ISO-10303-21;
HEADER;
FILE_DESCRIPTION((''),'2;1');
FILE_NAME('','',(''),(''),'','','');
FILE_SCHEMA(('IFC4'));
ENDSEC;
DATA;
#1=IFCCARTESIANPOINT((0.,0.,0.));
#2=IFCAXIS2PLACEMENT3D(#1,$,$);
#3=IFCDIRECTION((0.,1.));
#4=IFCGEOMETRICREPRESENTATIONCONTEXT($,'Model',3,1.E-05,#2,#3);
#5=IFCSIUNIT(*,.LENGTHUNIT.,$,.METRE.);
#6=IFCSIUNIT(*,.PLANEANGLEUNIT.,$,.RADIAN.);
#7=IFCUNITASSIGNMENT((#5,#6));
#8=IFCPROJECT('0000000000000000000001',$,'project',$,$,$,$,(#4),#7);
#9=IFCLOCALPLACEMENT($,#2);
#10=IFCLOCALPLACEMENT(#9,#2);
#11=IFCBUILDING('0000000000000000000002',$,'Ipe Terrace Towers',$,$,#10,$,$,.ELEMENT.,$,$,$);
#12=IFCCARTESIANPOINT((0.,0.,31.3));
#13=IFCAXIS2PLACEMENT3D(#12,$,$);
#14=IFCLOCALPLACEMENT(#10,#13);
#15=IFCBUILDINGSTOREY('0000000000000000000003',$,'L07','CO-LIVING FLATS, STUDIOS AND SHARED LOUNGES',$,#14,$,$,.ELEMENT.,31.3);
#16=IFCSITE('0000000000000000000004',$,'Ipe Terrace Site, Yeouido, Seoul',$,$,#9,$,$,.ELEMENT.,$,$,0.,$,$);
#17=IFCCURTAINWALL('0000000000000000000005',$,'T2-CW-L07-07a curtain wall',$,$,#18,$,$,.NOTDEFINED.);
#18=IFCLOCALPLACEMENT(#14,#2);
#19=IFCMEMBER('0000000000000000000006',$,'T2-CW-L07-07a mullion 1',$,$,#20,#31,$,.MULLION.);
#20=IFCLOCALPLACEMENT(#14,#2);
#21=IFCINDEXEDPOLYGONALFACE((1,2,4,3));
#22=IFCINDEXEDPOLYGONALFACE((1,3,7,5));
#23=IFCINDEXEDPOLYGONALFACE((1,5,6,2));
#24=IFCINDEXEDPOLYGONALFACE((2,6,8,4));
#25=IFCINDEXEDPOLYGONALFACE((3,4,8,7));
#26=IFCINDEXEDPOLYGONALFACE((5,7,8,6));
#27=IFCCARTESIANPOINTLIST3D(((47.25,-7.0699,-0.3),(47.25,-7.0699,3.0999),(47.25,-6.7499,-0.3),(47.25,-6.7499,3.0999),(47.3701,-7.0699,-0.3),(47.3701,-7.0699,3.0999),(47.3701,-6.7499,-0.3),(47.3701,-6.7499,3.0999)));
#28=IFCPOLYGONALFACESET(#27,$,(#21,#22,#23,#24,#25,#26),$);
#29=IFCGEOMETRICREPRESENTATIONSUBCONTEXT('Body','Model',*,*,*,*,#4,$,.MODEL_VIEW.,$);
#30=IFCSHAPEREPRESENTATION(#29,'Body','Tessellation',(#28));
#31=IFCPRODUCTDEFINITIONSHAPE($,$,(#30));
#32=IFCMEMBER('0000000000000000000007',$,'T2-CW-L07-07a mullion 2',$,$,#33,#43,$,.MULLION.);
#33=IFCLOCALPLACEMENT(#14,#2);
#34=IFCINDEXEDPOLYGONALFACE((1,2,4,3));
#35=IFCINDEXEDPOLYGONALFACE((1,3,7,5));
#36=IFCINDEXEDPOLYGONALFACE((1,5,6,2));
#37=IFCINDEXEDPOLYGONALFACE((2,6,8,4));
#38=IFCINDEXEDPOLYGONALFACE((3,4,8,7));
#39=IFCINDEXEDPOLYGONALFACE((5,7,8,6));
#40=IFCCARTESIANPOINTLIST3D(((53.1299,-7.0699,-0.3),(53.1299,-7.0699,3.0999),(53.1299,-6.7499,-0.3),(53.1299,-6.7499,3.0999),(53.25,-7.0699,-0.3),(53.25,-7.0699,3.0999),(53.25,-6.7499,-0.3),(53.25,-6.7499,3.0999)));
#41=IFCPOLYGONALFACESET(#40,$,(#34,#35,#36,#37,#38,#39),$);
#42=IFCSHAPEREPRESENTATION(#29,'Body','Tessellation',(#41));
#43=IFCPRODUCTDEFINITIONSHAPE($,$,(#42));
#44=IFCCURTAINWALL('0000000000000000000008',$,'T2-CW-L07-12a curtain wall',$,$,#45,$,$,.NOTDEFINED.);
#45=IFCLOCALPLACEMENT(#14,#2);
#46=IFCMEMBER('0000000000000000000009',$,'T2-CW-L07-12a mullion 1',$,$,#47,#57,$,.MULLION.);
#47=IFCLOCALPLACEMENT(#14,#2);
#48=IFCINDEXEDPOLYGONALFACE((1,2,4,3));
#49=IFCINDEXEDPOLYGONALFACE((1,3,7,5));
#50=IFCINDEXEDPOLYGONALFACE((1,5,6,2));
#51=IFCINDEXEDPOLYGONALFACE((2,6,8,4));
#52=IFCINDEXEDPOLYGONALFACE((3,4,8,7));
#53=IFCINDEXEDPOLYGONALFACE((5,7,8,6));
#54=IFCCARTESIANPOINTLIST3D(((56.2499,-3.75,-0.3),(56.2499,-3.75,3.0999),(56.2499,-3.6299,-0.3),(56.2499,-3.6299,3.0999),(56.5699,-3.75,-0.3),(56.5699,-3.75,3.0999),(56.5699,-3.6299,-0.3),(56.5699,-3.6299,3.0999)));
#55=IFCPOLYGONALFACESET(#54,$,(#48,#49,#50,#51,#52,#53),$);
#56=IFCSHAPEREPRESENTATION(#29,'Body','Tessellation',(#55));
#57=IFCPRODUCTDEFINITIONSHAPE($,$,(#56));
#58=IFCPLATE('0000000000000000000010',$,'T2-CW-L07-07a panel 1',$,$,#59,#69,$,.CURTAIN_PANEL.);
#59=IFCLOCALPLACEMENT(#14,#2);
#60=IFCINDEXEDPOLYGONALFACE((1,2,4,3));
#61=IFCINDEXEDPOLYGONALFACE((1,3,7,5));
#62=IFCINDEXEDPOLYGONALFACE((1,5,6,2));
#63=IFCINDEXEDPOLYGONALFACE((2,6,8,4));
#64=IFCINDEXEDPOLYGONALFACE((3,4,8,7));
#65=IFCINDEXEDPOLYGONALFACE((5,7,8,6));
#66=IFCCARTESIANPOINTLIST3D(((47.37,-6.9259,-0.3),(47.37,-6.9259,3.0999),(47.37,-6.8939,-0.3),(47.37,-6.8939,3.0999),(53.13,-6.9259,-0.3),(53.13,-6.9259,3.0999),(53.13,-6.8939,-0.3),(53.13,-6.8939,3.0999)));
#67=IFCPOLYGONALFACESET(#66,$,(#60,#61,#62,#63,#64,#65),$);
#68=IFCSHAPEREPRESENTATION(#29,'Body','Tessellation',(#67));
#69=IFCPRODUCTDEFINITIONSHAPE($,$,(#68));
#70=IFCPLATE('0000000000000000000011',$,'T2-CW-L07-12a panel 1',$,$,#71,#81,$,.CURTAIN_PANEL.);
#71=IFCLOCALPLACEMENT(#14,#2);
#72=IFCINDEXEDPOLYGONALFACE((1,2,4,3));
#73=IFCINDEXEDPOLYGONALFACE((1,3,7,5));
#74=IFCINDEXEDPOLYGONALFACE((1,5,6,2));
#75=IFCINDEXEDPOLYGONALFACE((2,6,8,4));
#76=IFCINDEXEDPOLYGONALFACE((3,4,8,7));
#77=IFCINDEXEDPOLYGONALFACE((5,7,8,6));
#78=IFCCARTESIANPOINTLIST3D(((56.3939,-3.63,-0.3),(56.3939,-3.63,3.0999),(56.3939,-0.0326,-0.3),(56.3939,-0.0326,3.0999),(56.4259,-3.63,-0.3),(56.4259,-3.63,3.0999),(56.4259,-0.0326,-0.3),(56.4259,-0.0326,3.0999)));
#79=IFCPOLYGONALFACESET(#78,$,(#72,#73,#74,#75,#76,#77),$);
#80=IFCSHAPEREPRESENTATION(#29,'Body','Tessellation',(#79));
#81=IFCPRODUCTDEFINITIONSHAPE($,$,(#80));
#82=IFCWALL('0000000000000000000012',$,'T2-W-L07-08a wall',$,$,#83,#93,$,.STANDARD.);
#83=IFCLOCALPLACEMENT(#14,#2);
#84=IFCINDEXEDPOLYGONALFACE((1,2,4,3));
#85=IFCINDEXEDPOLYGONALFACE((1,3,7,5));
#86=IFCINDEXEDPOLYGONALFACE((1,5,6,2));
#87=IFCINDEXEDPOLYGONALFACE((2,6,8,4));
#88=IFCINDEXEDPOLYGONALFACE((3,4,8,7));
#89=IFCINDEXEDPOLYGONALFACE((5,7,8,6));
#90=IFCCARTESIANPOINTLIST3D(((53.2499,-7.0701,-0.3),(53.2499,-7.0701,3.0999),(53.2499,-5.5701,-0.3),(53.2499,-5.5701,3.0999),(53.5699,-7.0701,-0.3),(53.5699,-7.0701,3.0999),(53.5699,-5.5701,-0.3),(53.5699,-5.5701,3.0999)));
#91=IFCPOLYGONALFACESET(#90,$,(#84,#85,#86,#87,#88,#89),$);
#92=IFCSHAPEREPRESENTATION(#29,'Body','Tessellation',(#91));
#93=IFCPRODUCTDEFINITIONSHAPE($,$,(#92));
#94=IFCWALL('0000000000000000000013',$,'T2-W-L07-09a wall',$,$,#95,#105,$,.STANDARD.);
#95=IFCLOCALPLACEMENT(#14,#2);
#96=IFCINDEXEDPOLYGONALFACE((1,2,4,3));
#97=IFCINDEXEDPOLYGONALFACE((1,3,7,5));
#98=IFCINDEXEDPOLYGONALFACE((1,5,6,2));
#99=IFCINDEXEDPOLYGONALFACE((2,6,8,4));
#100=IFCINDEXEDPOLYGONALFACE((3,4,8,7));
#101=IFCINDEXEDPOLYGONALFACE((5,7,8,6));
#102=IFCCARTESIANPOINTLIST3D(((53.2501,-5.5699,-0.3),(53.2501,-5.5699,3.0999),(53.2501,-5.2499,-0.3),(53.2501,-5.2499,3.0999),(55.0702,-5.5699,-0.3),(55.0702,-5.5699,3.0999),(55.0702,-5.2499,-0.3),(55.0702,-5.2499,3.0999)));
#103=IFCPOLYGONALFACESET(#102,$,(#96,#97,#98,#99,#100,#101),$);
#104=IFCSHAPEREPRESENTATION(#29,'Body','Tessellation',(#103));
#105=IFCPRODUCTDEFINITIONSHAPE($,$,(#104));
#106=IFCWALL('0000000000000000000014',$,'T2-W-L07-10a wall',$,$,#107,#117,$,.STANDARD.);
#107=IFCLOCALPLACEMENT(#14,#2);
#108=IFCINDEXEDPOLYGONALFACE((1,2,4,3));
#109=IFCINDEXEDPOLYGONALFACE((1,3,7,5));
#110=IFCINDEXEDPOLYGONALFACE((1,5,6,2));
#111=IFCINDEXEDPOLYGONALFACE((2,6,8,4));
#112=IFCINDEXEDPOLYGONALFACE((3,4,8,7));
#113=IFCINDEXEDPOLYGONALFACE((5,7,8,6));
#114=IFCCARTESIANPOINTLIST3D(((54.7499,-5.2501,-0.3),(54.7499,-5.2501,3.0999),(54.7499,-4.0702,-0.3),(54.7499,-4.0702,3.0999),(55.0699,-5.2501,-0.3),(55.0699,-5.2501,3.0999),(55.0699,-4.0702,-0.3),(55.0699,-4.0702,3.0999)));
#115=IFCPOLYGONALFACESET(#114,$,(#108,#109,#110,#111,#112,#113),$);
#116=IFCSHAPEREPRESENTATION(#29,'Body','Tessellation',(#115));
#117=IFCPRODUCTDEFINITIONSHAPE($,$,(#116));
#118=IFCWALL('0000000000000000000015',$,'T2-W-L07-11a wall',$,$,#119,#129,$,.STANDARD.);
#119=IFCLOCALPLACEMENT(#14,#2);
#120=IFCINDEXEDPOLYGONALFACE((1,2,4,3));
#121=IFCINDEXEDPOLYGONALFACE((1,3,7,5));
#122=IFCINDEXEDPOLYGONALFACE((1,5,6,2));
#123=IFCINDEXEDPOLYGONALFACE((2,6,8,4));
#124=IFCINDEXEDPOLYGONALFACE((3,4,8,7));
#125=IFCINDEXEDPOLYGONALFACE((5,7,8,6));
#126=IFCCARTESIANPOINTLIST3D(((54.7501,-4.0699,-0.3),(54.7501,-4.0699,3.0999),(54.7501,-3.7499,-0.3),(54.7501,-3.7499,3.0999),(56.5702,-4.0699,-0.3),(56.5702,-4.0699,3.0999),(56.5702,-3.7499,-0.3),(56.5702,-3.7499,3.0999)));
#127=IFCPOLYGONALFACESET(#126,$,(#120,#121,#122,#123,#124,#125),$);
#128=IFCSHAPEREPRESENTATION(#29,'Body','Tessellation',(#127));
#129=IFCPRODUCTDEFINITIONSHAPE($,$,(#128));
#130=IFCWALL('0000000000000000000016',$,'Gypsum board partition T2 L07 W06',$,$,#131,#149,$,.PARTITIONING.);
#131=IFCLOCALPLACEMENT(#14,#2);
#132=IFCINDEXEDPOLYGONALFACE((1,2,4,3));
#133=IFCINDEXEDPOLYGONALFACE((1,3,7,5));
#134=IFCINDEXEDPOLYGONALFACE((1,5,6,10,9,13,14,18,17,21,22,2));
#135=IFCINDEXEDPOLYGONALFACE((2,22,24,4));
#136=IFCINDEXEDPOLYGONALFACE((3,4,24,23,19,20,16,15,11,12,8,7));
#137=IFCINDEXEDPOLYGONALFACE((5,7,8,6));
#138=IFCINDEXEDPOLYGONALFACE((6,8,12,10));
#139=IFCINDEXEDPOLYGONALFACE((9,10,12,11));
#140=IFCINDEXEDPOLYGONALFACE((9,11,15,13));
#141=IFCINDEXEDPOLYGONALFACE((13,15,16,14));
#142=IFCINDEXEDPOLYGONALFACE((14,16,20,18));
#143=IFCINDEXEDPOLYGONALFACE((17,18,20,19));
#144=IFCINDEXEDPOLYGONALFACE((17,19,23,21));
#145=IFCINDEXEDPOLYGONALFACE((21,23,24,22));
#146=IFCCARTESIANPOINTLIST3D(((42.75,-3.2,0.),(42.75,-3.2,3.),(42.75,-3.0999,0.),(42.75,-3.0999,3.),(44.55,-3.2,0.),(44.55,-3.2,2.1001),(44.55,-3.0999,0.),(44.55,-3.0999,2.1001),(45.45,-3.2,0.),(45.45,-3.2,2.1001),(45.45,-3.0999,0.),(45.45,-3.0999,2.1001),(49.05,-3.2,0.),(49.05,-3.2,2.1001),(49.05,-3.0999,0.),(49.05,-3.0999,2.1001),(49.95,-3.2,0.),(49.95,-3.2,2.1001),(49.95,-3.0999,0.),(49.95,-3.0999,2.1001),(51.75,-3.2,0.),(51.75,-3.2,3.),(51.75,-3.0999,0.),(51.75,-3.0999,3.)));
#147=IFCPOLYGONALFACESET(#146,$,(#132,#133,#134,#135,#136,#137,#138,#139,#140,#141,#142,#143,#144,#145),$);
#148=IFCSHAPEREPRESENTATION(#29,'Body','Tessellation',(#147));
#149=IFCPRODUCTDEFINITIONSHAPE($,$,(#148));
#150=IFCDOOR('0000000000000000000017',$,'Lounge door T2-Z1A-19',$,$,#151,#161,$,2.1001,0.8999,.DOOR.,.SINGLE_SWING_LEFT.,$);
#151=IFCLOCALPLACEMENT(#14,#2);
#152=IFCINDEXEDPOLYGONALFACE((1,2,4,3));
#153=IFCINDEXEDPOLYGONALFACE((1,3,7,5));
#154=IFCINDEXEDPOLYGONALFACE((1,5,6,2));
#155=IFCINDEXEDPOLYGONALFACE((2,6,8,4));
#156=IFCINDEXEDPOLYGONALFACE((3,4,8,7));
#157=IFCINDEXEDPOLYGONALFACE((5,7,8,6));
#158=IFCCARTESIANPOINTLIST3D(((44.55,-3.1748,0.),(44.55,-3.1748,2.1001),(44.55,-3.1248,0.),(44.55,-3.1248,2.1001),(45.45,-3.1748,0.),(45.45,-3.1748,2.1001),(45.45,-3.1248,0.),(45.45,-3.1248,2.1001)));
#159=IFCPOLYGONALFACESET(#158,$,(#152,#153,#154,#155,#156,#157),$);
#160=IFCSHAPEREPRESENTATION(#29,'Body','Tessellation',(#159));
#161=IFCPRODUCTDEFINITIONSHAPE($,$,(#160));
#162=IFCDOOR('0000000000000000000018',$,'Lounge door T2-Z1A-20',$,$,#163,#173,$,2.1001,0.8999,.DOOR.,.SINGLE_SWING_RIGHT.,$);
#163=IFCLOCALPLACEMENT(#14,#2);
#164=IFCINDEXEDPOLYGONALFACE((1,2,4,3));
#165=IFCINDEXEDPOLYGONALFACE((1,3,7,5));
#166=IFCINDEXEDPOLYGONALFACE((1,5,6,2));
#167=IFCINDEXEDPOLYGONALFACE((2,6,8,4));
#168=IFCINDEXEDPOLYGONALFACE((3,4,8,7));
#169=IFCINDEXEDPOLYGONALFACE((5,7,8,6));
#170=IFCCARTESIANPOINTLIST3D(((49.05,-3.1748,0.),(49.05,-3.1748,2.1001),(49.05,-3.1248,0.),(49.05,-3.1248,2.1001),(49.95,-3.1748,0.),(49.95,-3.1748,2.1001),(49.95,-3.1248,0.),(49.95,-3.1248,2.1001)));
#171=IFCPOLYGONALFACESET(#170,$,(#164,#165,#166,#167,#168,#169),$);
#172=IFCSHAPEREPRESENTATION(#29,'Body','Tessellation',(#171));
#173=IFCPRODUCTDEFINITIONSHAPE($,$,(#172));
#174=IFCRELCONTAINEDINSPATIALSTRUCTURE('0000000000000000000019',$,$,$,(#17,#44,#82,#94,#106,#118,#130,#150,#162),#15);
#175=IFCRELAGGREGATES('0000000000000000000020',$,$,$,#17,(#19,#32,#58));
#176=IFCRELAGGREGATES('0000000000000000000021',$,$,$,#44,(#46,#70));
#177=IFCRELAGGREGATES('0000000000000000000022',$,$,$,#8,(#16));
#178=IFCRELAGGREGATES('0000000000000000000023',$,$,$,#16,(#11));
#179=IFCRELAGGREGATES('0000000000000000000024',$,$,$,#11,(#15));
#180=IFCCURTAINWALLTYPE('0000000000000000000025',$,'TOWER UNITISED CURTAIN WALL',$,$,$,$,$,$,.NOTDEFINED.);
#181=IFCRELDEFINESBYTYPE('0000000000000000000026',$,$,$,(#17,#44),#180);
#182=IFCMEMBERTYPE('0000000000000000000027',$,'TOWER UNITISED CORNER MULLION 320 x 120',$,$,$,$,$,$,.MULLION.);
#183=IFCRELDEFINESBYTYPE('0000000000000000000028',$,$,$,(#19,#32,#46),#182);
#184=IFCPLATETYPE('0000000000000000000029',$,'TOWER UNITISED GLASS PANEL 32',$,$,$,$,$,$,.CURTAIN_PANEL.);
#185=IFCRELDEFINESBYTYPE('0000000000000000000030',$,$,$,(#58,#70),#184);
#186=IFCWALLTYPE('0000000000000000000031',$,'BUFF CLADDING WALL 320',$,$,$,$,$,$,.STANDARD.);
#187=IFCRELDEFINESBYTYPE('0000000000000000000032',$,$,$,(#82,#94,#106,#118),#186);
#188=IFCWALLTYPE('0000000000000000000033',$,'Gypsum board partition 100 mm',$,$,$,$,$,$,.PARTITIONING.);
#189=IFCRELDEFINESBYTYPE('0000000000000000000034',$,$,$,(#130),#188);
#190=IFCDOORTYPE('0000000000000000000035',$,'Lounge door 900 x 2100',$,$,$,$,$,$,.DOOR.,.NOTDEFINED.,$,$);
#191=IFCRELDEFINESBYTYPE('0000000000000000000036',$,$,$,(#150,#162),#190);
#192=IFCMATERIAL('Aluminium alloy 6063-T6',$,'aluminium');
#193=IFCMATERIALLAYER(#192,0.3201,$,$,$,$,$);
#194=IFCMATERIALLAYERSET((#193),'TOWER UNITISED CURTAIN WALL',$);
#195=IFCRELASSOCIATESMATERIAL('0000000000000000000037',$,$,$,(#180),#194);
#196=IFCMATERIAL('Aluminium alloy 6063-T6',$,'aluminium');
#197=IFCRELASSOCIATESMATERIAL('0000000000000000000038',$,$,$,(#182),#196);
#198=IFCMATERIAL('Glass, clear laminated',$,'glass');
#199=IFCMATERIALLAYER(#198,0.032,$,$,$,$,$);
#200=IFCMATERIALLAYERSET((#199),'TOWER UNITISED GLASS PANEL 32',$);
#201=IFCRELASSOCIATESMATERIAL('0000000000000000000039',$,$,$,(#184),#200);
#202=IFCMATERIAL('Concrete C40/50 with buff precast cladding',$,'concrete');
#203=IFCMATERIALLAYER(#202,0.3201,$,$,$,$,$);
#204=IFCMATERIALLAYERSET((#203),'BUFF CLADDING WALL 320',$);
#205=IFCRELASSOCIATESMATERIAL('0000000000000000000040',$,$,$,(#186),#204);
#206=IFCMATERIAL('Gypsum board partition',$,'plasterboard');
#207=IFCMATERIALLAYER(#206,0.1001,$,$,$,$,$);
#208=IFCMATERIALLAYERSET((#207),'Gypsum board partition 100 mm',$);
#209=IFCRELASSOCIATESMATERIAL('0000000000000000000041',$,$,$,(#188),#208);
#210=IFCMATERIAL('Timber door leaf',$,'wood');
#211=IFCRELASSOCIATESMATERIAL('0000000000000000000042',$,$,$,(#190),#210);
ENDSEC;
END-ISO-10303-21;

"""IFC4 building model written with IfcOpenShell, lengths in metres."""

from ifc_helpers import new_model, si_unit, direction, frame, frame_2d, origin, origin_2d, place, context, subcontext, project, spatial, rectangle, extrude, material, layer, layer_set, material_profile, profile_set, type_object, element, fill, aggregate, save


model = new_model("IFC4")

# Units and contexts
model_context = context("Model", 3, precision=1e-05, world=origin(), true_north=direction((0.0, 1.0)))
body_context = subcontext(model_context, "Body", "Model", "MODEL_VIEW")
ifc_project = project(units=[si_unit("LENGTHUNIT", "METRE"), si_unit("PLANEANGLEUNIT", "RADIAN")], contexts=[model_context])

# Site, building, storey
site_placement = place(None, origin())
site = spatial("IfcSite", under=ifc_project, at=site_placement, Name="Ipe Terrace Site, Yeouido, Seoul", CompositionType="ELEMENT", RefElevation=0.0)
building_placement = place(site_placement, origin())
building = spatial("IfcBuilding", under=site, at=building_placement, Name="Ipe Terrace Towers", CompositionType="ELEMENT")
storey_placement = place(building_placement, frame((0.0, 0.0, 31.3)))
storey = spatial("IfcBuildingStorey", under=building, at=storey_placement, Name="L07", Description="CO-LIVING FLATS, STUDIOS AND SHARED LOUNGES", CompositionType="ELEMENT", Elevation=31.3)

# Curtain wall, members
ifc_material_1 = material(Name="Aluminium alloy 6063-T6", Category="aluminium")
ifc_layer_1 = layer(ifc_material_1, 0.3201)
ifc_layer_set_1 = layer_set([ifc_layer_1], Name="TOWER UNITISED CURTAIN WALL")
curtain_wall_type = type_object("IfcCurtainWallType", Name="TOWER UNITISED CURTAIN WALL", PredefinedType="NOTDEFINED", material=ifc_layer_set_1)
curtain_wall_1_placement = place(storey_placement, origin())
curtain_wall_1 = element("IfcCurtainWall", 1, at=curtain_wall_1_placement, inside=storey, type_object=curtain_wall_type, Name="T2-CW-L07-07a curtain wall", PredefinedType="NOTDEFINED")
ifc_material_2 = material(Name="Aluminium alloy 6063-T6", Category="aluminium")
ifc_material_profile_1 = material_profile(ifc_material_2, rectangle(XDim=0.3201, YDim=0.1201, at=origin_2d()), Name="TOWER UNITISED CORNER MULLION 320 x 120")
ifc_profile_set_1 = profile_set([ifc_material_profile_1], Name="Aluminium alloy 6063-T6")
member_type = type_object("IfcMemberType", Name="TOWER UNITISED CORNER MULLION 320 x 120", PredefinedType="MULLION", material=ifc_profile_set_1)
member_1_placement = place(storey_placement, frame((47.3101, -6.9099, -0.3), z_axis=(0.0, 0.0, 1.0), x_axis=(0.0, -1.0, 0.0)))
member_1 = element("IfcMember", 2, at=member_1_placement, type_object=member_type, Name="T2-CW-L07-07a mullion 1", PredefinedType="MULLION", context=body_context, shape_type="SweptSolid", body=[
    extrude(rectangle(XDim=0.3201, YDim=0.1201, at=origin_2d()), origin(), (0.0, 0.0, 1.0), 3.3999),
])
member_2_placement = place(storey_placement, frame((53.1899, -6.9099, -0.3), z_axis=(0.0, 0.0, 1.0), x_axis=(0.0, -1.0, 0.0)))
member_2 = element("IfcMember", 3, at=member_2_placement, type_object=member_type, Name="T2-CW-L07-07a mullion 2", PredefinedType="MULLION", context=body_context, shape_type="SweptSolid", body=[
    extrude(rectangle(XDim=0.3201, YDim=0.1201, at=origin_2d()), origin(), (0.0, 0.0, 1.0), 3.3999),
])

# Curtain wall, member
curtain_wall_2_placement = place(storey_placement, origin())
curtain_wall_2 = element("IfcCurtainWall", 4, at=curtain_wall_2_placement, inside=storey, type_object=curtain_wall_type, Name="T2-CW-L07-12a curtain wall", PredefinedType="NOTDEFINED")
member_3_placement = place(storey_placement, frame((56.4099, -3.6899, -0.3), z_axis=(0.0, 0.0, 1.0), x_axis=(1.0, 0.0, 0.0)))
member_3 = element("IfcMember", 5, at=member_3_placement, type_object=member_type, Name="T2-CW-L07-12a mullion 1", PredefinedType="MULLION", context=body_context, shape_type="SweptSolid", body=[
    extrude(rectangle(XDim=0.3201, YDim=0.1201, at=origin_2d()), origin(), (0.0, 0.0, 1.0), 3.3999),
])

# Plates
ifc_material_3 = material(Name="Glass, clear laminated", Category="glass")
ifc_layer_2 = layer(ifc_material_3, 0.032)
ifc_layer_set_2 = layer_set([ifc_layer_2], Name="TOWER UNITISED GLASS PANEL 32")
plate_type = type_object("IfcPlateType", Name="TOWER UNITISED GLASS PANEL 32", PredefinedType="CURTAIN_PANEL", material=ifc_layer_set_2)
plate_1_placement = place(storey_placement, frame((50.25, -6.9099, -0.3), z_axis=(0.0, 0.0, 1.0), x_axis=(1.0, 0.0, 0.0)))
plate_1 = element("IfcPlate", 6, at=plate_1_placement, type_object=plate_type, Name="T2-CW-L07-07a panel 1", PredefinedType="CURTAIN_PANEL", context=body_context, shape_type="SweptSolid", body=[
    extrude(rectangle(XDim=5.76, YDim=0.032, at=origin_2d()), origin(), (0.0, 0.0, 1.0), 3.3999),
])
aggregate(curtain_wall_1, [member_1, member_2, plate_1])
plate_2_placement = place(storey_placement, frame((56.4099, -1.8313, -0.3), z_axis=(0.0, 0.0, 1.0), x_axis=(0.0, 1.0, 0.0)))
plate_2 = element("IfcPlate", 7, at=plate_2_placement, type_object=plate_type, Name="T2-CW-L07-12a panel 1", PredefinedType="CURTAIN_PANEL", context=body_context, shape_type="SweptSolid", body=[
    extrude(rectangle(XDim=3.5974, YDim=0.032, at=origin_2d()), origin(), (0.0, 0.0, 1.0), 3.3999),
])
aggregate(curtain_wall_2, [member_3, plate_2])

# Walls
ifc_material_4 = material(Name="Concrete C40/50 with buff precast cladding", Category="concrete")
ifc_layer_3 = layer(ifc_material_4, 0.3201)
ifc_layer_set_3 = layer_set([ifc_layer_3], Name="BUFF CLADDING WALL 320")
wall_type_1 = type_object("IfcWallType", Name="BUFF CLADDING WALL 320", PredefinedType="STANDARD", material=ifc_layer_set_3)
wall_1_placement = place(storey_placement, frame((53.4099, -7.0701, -0.3), z_axis=(0.0, 0.0, 1.0), x_axis=(0.0, 1.0, 0.0)))
element("IfcWall", 8, at=wall_1_placement, inside=storey, type_object=wall_type_1, Name="T2-W-L07-08a wall", PredefinedType="STANDARD", context=body_context, shape_type="SweptSolid", body=[
    extrude(rectangle(XDim=1.5, YDim=0.3201, at=frame_2d((0.75, 0.0))), origin(), (0.0, 0.0, 1.0), 3.3999),
])
wall_2_placement = place(storey_placement, frame((53.25, -5.4099, -0.3), z_axis=(0.0, 0.0, 1.0), x_axis=(1.0, 0.0, 0.0)))
element("IfcWall", 9, at=wall_2_placement, inside=storey, type_object=wall_type_1, Name="T2-W-L07-09a wall", PredefinedType="STANDARD", context=body_context, shape_type="SweptSolid", body=[
    extrude(rectangle(XDim=1.8201, YDim=0.3201, at=frame_2d((0.9102, 0.0))), origin(), (0.0, 0.0, 1.0), 3.3999),
])
wall_3_placement = place(storey_placement, frame((54.9099, -5.25, -0.3), z_axis=(0.0, 0.0, 1.0), x_axis=(0.0, 1.0, 0.0)))
element("IfcWall", 10, at=wall_3_placement, inside=storey, type_object=wall_type_1, Name="T2-W-L07-10a wall", PredefinedType="STANDARD", context=body_context, shape_type="SweptSolid", body=[
    extrude(rectangle(XDim=1.1799, YDim=0.3201, at=frame_2d((0.5898, 0.0))), origin(), (0.0, 0.0, 1.0), 3.3999),
])
wall_4_placement = place(storey_placement, frame((54.75, -3.9099, -0.3), z_axis=(0.0, 0.0, 1.0), x_axis=(1.0, 0.0, 0.0)))
element("IfcWall", 11, at=wall_4_placement, inside=storey, type_object=wall_type_1, Name="T2-W-L07-11a wall", PredefinedType="STANDARD", context=body_context, shape_type="SweptSolid", body=[
    extrude(rectangle(XDim=1.8201, YDim=0.3201, at=frame_2d((0.9102, 0.0))), origin(), (0.0, 0.0, 1.0), 3.3999),
])

# Wall, openings, doors
ifc_material_5 = material(Name="Gypsum board partition", Category="plasterboard")
ifc_layer_4 = layer(ifc_material_5, 0.1001)
ifc_layer_set_4 = layer_set([ifc_layer_4], Name="Gypsum board partition 100 mm")
wall_type_2 = type_object("IfcWallType", Name="Gypsum board partition 100 mm", PredefinedType="PARTITIONING", material=ifc_layer_set_4)
wall_5_placement = place(storey_placement, frame((51.75, -3.1499, 0.0), z_axis=(0.0, 0.0, 1.0), x_axis=(-1.0, 0.0, 0.0)))
wall_5 = element("IfcWall", 12, at=wall_5_placement, inside=storey, type_object=wall_type_2, Name="Gypsum board partition T2 L07 W06", PredefinedType="PARTITIONING", context=body_context, shape_type="SweptSolid", body=[
    extrude(rectangle(XDim=9.0, YDim=0.1001, at=frame_2d((4.5, 0.0))), origin(), (0.0, 0.0, 1.0), 3.0),
])
opening_1_placement = place(wall_5_placement, frame((6.3, 0.0, 0.0)))
opening_1 = element("IfcOpeningElement", 13, at=opening_1_placement, cuts=wall_5, PredefinedType="OPENING", context=body_context, shape_type="SweptSolid", body=[
    extrude(rectangle(XDim=0.8999, YDim=2.1001, at=frame_2d((0.45, 1.05))), frame((0.0, 0.0601, 0.0), z_axis=(0.0, -1.0, 0.0), x_axis=(1.0, 0.0, 0.0)), (0.0, 0.0, 1.0), 0.1201),
])
opening_2_placement = place(wall_5_placement, frame((1.8, 0.0, 0.0)))
opening_2 = element("IfcOpeningElement", 14, at=opening_2_placement, cuts=wall_5, PredefinedType="OPENING", context=body_context, shape_type="SweptSolid", body=[
    extrude(rectangle(XDim=0.8999, YDim=2.1001, at=frame_2d((0.45, 1.05))), frame((0.0, 0.0601, 0.0), z_axis=(0.0, -1.0, 0.0), x_axis=(1.0, 0.0, 0.0)), (0.0, 0.0, 1.0), 0.1201),
])
ifc_material_6 = material(Name="Timber door leaf", Category="wood")
door_type_1 = type_object("IfcDoorType", Name="Lounge door 900 x 2100", OperationType="NOTDEFINED", PredefinedType="DOOR", material=ifc_material_6)
door_1_placement = place(opening_1_placement, origin())
door_1 = element("IfcDoor", 15, at=door_1_placement, inside=storey, type_object=door_type_1, Name="Lounge door T2-Z1A-19", OperationType="SINGLE_SWING_LEFT", OverallHeight=2.1001, OverallWidth=0.8999, PredefinedType="DOOR", context=body_context, shape_type="SweptSolid", body=[
    extrude(rectangle(XDim=0.8999, YDim=2.1001, at=frame_2d((0.45, 1.05))), frame((0.0, 0.0249, 0.0), z_axis=(0.0, -1.0, 0.0), x_axis=(1.0, 0.0, 0.0)), (0.0, 0.0, 1.0), 0.05),
])
fill(opening_1, door_1)
door_2_placement = place(opening_2_placement, origin())
door_2 = element("IfcDoor", 16, at=door_2_placement, inside=storey, type_object=door_type_1, Name="Lounge door T2-Z1A-20", OperationType="SINGLE_SWING_RIGHT", OverallHeight=2.1001, OverallWidth=0.8999, PredefinedType="DOOR", context=body_context, shape_type="SweptSolid", body=[
    extrude(rectangle(XDim=0.8999, YDim=2.1001, at=frame_2d((0.45, 1.05))), frame((0.0, 0.0249, 0.0), z_axis=(0.0, -1.0, 0.0), x_axis=(1.0, 0.0, 0.0)), (0.0, 0.0, 1.0), 0.05),
])
fill(opening_2, door_2)

save(model, "model.ifc")
